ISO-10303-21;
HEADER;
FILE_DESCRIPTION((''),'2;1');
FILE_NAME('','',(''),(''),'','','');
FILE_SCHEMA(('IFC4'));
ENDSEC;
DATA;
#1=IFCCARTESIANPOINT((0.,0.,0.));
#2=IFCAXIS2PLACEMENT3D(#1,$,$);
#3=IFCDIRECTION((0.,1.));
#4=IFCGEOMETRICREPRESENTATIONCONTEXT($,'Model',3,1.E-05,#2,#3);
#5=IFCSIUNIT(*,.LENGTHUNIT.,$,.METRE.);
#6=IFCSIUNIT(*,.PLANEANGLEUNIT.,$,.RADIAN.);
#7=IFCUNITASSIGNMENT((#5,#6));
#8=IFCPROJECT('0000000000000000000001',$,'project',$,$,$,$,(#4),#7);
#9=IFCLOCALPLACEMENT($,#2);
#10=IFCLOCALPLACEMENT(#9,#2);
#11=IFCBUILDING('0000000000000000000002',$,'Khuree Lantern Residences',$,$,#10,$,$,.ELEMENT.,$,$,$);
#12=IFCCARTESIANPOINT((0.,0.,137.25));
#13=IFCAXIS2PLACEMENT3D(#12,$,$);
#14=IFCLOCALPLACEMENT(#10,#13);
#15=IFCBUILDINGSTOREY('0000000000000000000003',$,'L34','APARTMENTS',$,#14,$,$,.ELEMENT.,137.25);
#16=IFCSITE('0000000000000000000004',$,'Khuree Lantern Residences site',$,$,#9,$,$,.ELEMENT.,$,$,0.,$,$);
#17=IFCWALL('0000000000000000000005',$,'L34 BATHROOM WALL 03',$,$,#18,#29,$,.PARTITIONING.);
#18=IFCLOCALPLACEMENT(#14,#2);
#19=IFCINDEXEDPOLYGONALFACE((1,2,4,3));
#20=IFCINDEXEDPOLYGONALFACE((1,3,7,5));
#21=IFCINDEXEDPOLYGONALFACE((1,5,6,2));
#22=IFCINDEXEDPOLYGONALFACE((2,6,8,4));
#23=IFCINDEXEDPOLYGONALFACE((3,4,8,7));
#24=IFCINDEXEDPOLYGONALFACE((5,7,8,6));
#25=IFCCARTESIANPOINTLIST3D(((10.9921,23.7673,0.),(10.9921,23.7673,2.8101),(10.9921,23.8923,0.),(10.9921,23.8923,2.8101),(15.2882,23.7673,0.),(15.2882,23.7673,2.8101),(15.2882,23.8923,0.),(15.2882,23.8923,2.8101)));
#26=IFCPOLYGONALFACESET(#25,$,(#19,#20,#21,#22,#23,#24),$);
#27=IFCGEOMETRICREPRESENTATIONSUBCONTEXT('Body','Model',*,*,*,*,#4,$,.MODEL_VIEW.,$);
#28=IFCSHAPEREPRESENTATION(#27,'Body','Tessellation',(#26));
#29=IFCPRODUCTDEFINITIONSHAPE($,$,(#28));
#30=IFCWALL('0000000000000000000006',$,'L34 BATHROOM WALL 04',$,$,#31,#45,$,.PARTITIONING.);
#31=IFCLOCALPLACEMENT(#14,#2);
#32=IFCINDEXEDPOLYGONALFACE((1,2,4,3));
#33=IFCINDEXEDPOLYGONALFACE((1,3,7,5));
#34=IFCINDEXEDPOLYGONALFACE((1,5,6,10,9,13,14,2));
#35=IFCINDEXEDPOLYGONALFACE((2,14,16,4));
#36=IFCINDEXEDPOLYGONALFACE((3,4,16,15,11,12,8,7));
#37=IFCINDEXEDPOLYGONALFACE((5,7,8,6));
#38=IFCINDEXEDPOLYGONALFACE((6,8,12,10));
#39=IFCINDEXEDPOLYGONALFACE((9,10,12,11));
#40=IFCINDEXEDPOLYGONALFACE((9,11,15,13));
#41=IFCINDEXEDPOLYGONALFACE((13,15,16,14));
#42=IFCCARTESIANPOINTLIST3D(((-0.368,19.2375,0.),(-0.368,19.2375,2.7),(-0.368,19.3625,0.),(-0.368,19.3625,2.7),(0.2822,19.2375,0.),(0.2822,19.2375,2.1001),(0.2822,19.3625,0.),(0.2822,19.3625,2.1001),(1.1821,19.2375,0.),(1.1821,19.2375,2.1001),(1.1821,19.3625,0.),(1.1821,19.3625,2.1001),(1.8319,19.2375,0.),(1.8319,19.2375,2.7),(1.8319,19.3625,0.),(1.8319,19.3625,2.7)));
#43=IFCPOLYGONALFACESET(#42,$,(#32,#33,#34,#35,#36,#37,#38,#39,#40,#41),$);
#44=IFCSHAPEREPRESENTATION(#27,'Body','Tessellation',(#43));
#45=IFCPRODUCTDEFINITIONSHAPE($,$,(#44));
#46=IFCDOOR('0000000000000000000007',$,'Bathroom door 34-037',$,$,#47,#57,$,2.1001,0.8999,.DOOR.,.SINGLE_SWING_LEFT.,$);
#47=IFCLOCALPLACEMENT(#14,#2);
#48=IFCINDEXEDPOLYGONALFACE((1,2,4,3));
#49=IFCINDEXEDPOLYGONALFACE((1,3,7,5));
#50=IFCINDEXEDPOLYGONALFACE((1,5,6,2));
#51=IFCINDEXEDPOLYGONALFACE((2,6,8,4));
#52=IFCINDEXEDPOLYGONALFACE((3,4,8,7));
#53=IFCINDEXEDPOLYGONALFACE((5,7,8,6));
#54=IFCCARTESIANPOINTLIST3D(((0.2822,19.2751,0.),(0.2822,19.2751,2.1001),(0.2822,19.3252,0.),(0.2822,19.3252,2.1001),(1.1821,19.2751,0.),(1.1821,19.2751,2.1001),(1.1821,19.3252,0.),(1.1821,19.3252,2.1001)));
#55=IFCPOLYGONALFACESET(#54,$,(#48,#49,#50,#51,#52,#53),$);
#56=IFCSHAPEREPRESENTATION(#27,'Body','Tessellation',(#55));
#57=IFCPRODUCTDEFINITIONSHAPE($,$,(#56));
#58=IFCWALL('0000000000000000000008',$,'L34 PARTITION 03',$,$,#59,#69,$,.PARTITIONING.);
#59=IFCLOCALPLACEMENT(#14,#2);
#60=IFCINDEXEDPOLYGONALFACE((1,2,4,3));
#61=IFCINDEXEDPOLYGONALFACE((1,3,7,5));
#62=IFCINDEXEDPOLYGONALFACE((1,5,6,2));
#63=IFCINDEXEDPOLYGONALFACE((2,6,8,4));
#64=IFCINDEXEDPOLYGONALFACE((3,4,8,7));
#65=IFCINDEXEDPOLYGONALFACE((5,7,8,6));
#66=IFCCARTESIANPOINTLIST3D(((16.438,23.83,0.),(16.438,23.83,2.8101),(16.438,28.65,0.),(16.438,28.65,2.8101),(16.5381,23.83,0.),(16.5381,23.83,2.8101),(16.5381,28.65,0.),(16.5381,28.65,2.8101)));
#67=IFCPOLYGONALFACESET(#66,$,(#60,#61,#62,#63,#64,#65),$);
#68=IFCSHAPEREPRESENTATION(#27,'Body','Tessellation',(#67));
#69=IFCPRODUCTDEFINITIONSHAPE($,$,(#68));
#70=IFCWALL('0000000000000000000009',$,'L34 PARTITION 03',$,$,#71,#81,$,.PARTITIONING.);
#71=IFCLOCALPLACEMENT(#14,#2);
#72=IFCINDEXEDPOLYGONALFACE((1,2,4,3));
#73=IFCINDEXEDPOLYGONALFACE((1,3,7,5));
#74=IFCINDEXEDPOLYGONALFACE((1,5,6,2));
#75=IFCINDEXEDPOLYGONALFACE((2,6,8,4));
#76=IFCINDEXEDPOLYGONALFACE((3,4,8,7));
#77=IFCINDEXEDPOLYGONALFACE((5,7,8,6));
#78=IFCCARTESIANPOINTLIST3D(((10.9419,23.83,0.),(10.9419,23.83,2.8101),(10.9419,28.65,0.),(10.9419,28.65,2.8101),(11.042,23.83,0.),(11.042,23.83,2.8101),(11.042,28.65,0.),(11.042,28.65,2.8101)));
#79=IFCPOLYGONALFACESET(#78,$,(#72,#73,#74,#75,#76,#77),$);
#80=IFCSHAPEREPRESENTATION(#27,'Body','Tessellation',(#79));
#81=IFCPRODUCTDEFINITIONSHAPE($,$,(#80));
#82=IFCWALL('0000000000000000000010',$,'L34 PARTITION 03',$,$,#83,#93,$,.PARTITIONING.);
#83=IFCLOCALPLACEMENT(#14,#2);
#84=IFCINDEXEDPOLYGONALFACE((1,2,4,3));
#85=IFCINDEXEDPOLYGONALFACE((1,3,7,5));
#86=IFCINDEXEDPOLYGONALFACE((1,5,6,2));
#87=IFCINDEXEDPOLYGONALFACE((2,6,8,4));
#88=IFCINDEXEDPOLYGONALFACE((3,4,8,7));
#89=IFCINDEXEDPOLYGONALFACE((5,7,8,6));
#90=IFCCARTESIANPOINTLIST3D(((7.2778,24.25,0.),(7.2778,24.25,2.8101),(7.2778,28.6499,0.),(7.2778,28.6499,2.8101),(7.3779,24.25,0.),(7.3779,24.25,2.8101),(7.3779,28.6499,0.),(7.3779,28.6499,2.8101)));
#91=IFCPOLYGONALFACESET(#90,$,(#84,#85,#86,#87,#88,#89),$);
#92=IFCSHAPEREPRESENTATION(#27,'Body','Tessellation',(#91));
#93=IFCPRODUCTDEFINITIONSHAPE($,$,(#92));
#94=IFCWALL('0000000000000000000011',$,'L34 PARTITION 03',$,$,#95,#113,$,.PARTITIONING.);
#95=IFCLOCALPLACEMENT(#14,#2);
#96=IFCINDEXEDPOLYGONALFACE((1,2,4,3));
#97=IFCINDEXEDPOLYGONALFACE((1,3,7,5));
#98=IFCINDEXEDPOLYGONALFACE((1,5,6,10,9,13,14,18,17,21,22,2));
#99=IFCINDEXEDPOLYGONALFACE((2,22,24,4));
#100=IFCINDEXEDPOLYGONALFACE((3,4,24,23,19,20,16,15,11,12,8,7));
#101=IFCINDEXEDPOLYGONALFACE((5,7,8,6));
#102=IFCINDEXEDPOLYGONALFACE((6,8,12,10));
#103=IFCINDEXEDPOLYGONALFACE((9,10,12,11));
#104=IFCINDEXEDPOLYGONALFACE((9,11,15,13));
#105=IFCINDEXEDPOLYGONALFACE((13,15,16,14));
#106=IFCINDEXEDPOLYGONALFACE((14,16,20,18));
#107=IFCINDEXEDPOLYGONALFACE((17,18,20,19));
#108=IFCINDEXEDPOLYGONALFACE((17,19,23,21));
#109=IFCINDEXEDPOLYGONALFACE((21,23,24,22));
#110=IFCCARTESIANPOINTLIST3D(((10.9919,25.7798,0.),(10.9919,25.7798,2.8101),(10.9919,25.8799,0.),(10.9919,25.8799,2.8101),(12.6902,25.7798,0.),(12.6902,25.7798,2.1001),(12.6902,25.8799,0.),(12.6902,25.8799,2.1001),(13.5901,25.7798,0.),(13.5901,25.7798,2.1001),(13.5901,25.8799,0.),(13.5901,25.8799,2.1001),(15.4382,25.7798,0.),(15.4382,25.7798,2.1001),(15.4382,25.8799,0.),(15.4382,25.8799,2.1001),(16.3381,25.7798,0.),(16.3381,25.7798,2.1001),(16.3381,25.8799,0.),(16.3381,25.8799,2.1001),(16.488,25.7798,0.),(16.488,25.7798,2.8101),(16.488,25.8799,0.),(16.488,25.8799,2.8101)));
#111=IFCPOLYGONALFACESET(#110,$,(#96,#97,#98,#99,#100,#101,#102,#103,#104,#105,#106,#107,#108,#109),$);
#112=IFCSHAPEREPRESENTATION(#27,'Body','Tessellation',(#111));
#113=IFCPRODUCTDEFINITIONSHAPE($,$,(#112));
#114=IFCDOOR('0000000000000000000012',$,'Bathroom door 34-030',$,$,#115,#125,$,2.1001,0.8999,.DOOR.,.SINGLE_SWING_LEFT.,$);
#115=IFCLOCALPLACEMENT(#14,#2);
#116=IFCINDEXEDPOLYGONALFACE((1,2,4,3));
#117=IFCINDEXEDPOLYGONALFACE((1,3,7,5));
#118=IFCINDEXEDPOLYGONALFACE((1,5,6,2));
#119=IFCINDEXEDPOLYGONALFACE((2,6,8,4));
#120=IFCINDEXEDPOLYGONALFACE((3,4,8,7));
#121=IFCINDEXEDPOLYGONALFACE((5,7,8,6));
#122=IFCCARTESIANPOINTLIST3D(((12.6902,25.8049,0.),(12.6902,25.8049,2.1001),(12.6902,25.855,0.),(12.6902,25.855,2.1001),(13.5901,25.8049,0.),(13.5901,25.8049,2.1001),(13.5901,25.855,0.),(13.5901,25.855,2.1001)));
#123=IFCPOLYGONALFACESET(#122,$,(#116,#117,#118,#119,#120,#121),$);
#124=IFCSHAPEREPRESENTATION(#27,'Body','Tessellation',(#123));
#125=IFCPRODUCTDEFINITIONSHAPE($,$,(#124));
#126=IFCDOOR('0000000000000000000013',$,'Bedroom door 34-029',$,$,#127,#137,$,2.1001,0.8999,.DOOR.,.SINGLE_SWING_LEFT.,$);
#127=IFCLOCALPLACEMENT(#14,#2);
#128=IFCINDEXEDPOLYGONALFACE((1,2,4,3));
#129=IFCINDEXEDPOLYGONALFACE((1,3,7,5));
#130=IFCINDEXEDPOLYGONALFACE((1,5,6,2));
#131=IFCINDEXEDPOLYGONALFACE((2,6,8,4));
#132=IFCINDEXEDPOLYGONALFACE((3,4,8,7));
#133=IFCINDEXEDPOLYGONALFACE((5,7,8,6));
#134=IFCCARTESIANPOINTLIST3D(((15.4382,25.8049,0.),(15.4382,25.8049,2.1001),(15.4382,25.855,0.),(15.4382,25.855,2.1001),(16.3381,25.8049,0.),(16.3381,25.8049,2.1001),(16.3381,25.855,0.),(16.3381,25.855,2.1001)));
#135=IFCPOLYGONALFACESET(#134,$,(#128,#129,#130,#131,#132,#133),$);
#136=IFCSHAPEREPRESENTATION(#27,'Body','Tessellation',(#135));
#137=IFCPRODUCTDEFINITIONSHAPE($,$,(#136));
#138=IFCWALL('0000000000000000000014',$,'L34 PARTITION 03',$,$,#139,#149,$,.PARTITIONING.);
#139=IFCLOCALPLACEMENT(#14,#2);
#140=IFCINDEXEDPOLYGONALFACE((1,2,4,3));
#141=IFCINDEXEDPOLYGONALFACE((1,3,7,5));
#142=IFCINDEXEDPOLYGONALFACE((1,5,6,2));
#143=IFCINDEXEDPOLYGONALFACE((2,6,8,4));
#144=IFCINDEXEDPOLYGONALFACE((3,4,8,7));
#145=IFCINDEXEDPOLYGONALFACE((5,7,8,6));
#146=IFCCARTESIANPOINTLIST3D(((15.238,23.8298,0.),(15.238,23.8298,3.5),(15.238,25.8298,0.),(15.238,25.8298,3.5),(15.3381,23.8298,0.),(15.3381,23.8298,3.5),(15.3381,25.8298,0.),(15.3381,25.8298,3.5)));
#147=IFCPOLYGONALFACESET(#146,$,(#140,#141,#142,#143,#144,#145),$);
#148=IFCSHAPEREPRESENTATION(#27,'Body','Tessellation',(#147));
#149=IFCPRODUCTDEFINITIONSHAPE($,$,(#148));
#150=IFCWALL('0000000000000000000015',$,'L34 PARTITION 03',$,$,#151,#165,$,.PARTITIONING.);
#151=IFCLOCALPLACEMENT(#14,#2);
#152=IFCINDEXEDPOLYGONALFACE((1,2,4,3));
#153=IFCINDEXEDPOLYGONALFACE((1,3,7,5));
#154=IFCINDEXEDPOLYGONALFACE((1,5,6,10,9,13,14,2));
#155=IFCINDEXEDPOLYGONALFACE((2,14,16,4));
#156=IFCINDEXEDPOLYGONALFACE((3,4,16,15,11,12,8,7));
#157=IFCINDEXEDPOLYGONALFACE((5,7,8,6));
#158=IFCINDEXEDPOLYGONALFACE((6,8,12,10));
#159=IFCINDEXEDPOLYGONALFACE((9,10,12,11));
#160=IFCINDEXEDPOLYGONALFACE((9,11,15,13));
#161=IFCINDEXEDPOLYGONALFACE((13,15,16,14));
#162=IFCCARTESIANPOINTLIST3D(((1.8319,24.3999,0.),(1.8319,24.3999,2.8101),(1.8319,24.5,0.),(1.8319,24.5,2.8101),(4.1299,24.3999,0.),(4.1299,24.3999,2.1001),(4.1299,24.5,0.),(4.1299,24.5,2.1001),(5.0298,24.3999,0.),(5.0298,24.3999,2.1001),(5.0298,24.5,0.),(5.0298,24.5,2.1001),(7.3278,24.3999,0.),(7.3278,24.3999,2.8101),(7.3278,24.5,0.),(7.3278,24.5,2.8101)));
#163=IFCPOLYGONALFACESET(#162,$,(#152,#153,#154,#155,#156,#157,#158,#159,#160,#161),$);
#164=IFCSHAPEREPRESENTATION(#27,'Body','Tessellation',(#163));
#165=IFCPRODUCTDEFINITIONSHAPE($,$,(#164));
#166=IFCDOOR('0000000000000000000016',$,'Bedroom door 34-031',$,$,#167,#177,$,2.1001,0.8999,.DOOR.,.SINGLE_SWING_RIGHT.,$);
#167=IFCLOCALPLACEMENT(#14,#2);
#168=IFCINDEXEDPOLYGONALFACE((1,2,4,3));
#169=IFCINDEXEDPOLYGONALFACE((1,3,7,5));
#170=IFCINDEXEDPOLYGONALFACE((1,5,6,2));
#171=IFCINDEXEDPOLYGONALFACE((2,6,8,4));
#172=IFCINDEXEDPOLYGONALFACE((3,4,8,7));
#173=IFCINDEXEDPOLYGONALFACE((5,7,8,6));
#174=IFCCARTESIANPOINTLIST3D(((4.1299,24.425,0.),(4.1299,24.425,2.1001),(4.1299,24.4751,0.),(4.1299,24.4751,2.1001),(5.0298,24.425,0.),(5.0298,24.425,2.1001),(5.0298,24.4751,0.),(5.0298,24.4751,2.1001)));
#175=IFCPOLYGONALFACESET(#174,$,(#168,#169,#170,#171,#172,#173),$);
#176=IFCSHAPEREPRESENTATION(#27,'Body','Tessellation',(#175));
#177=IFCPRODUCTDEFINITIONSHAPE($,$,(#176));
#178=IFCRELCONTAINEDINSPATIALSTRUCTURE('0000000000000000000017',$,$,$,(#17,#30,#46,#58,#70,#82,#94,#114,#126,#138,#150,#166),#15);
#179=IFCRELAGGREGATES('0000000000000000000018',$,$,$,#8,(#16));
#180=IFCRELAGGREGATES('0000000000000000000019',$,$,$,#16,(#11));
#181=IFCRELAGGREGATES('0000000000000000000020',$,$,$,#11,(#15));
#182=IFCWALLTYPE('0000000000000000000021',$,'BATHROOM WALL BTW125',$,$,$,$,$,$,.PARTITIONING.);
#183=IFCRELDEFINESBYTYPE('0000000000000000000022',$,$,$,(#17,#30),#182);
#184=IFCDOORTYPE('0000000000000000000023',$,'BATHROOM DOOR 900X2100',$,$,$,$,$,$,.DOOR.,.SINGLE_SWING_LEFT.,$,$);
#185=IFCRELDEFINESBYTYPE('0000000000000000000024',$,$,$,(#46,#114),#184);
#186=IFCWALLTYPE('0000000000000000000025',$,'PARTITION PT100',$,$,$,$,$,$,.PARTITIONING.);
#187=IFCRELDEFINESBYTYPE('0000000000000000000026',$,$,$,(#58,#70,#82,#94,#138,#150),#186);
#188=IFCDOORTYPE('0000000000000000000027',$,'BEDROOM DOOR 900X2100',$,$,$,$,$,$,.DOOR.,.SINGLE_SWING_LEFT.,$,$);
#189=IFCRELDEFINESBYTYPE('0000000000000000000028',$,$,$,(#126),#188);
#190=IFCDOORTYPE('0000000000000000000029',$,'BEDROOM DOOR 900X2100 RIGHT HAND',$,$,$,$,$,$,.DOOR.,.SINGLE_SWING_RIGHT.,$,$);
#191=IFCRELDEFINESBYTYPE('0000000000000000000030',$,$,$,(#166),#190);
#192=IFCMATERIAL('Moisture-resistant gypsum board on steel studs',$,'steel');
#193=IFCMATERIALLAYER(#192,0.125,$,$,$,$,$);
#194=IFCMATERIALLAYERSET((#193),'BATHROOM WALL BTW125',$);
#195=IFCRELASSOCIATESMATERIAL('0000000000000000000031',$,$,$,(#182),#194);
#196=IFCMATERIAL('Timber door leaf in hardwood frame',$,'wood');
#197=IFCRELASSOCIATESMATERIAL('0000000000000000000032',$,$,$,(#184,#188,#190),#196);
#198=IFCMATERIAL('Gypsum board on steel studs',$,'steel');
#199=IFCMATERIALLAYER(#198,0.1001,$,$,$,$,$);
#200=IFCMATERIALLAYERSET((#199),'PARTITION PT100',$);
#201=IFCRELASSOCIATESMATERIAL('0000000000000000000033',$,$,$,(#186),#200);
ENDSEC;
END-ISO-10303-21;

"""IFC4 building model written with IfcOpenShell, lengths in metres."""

from ifc_helpers import new_model, si_unit, direction, frame, frame_2d, origin, place, context, subcontext, project, spatial, rectangle, extrude, material, layer, layer_set, type_object, element, fill, save


model = new_model("IFC4")

# Units and contexts
model_context = context("Model", 3, precision=1e-05, world=origin(), true_north=direction((0.0, 1.0)))
body_context = subcontext(model_context, "Body", "Model", "MODEL_VIEW")
ifc_project = project(units=[si_unit("LENGTHUNIT", "METRE"), si_unit("PLANEANGLEUNIT", "RADIAN")], contexts=[model_context])

# Site, building, storey
site_placement = place(None, origin())
site = spatial("IfcSite", under=ifc_project, at=site_placement, Name="Khuree Lantern Residences site", CompositionType="ELEMENT", RefElevation=0.0)
building_placement = place(site_placement, origin())
building = spatial("IfcBuilding", under=site, at=building_placement, Name="Khuree Lantern Residences", CompositionType="ELEMENT")
storey_placement = place(building_placement, frame((0.0, 0.0, 137.25)))
storey = spatial("IfcBuildingStorey", under=building, at=storey_placement, Name="L34", Description="APARTMENTS", CompositionType="ELEMENT", Elevation=137.25)

# Wall
ifc_material_1 = material(Name="Moisture-resistant gypsum board on steel studs", Category="steel")
ifc_layer_1 = layer(ifc_material_1, 0.125)
ifc_layer_set_1 = layer_set([ifc_layer_1], Name="BATHROOM WALL BTW125")
wall_type_1 = type_object("IfcWallType", Name="BATHROOM WALL BTW125", PredefinedType="PARTITIONING", material=ifc_layer_set_1)
wall_1_placement = place(storey_placement, frame((15.2881, 23.8298, 0.0), z_axis=(0.0, 0.0, 1.0), x_axis=(-1.0, 0.0, 0.0)))
element("IfcWall", 1, at=wall_1_placement, inside=storey, type_object=wall_type_1, Name="L34 BATHROOM WALL 03", PredefinedType="PARTITIONING", context=body_context, shape_type="SweptSolid", body=[
    extrude(rectangle(XDim=4.2961, YDim=0.125, at=frame_2d((2.1479, 0.0))), origin(), (0.0, 0.0, 1.0), 2.8101),
])

# Wall, opening, door
wall_2_placement = place(storey_placement, frame((1.832, 19.3, 0.0), z_axis=(0.0, 0.0, 1.0), x_axis=(-1.0, 0.0, 0.0)))
wall_2 = element("IfcWall", 2, at=wall_2_placement, inside=storey, type_object=wall_type_1, Name="L34 BATHROOM WALL 04", PredefinedType="PARTITIONING", context=body_context, shape_type="SweptSolid", body=[
    extrude(rectangle(XDim=2.2, YDim=0.125, at=frame_2d((1.1001, 0.0))), origin(), (0.0, 0.0, 1.0), 2.7),
])
opening_1_placement = place(wall_2_placement, frame((0.6499, 0.0, 0.0)))
opening_1 = element("IfcOpeningElement", 3, at=opening_1_placement, cuts=wall_2, PredefinedType="OPENING", context=body_context, shape_type="SweptSolid", body=[
    extrude(rectangle(XDim=0.8999, YDim=2.1001, at=frame_2d((0.45, 1.05))), frame((0.0, 0.0725, 0.0), z_axis=(0.0, -1.0, 0.0), x_axis=(1.0, 0.0, 0.0)), (0.0, 0.0, 1.0), 0.145),
])
ifc_material_2 = material(Name="Timber door leaf in hardwood frame", Category="wood")
door_type_1 = type_object("IfcDoorType", Name="BATHROOM DOOR 900X2100", OperationType="SINGLE_SWING_LEFT", PredefinedType="DOOR", material=ifc_material_2)
door_1_placement = place(opening_1_placement, origin())
door_1 = element("IfcDoor", 4, at=door_1_placement, inside=storey, type_object=door_type_1, Name="Bathroom door 34-037", OperationType="SINGLE_SWING_LEFT", OverallHeight=2.1001, OverallWidth=0.8999, PredefinedType="DOOR", context=body_context, shape_type="SweptSolid", body=[
    extrude(rectangle(XDim=0.8999, YDim=2.1001, at=frame_2d((0.45, 1.05))), frame((0.0, 0.0249, 0.0), z_axis=(0.0, -1.0, 0.0), x_axis=(1.0, 0.0, 0.0)), (0.0, 0.0, 1.0), 0.05),
])
fill(opening_1, door_1)

# Walls
ifc_material_3 = material(Name="Gypsum board on steel studs", Category="steel")
ifc_layer_2 = layer(ifc_material_3, 0.1001)
ifc_layer_set_2 = layer_set([ifc_layer_2], Name="PARTITION PT100")
wall_type_2 = type_object("IfcWallType", Name="PARTITION PT100", PredefinedType="PARTITIONING", material=ifc_layer_set_2)
for number, where, z_axis, x_axis, name in (
    (5, (16.488, 23.8298, 0.0), (0.0, 0.0, 1.0), (0.0, 1.0, 0.0), "L34 PARTITION 03"),
    (6, (10.9919, 23.8298, 0.0), (0.0, 0.0, 1.0), (0.0, 1.0, 0.0), "L34 PARTITION 03"),
):
    element("IfcWall", number, at=place(storey_placement, frame(where, z_axis=z_axis, x_axis=x_axis)), inside=storey, type_object=wall_type_2, Name=name, PredefinedType="PARTITIONING", context=body_context, shape_type="SweptSolid", body=[
        extrude(rectangle(XDim=4.8201, YDim=0.1001, at=frame_2d((2.4102, 0.0))), origin(), (0.0, 0.0, 1.0), 2.8101),
    ])
wall_3_placement = place(storey_placement, frame((7.3279, 24.25, 0.0), z_axis=(0.0, 0.0, 1.0), x_axis=(0.0, 1.0, 0.0)))
element("IfcWall", 7, at=wall_3_placement, inside=storey, type_object=wall_type_2, Name="L34 PARTITION 03", PredefinedType="PARTITIONING", context=body_context, shape_type="SweptSolid", body=[
    extrude(rectangle(XDim=4.3999, YDim=0.1001, at=frame_2d((2.2, 0.0))), origin(), (0.0, 0.0, 1.0), 2.8101),
])

# Wall, openings, doors
wall_4_placement = place(storey_placement, frame((16.488, 25.8298, 0.0), z_axis=(0.0, 0.0, 1.0), x_axis=(-1.0, 0.0, 0.0)))
wall_4 = element("IfcWall", 8, at=wall_4_placement, inside=storey, type_object=wall_type_2, Name="L34 PARTITION 03", PredefinedType="PARTITIONING", context=body_context, shape_type="SweptSolid", body=[
    extrude(rectangle(XDim=5.4961, YDim=0.1001, at=frame_2d((2.748, 0.0))), origin(), (0.0, 0.0, 1.0), 2.8101),
])
opening_2_placement = place(wall_4_placement, frame((0.1499, 0.0, 0.0)))
opening_2 = element("IfcOpeningElement", 9, at=opening_2_placement, cuts=wall_4, PredefinedType="OPENING", context=body_context, shape_type="SweptSolid", body=[
    extrude(rectangle(XDim=0.8999, YDim=2.1001, at=frame_2d((0.45, 1.05))), frame((0.0, 0.0601, 0.0), z_axis=(0.0, -1.0, 0.0), x_axis=(1.0, 0.0, 0.0)), (0.0, 0.0, 1.0), 0.1201),
])
opening_3_placement = place(wall_4_placement, frame((2.8979, 0.0, 0.0)))
opening_3 = element("IfcOpeningElement", 10, at=opening_3_placement, cuts=wall_4, PredefinedType="OPENING", context=body_context, shape_type="SweptSolid", body=[
    extrude(rectangle(XDim=0.8999, YDim=2.1001, at=frame_2d((0.45, 1.05))), frame((0.0, 0.0601, 0.0), z_axis=(0.0, -1.0, 0.0), x_axis=(1.0, 0.0, 0.0)), (0.0, 0.0, 1.0), 0.1201),
])
door_2_placement = place(opening_3_placement, origin())
door_2 = element("IfcDoor", 11, at=door_2_placement, inside=storey, type_object=door_type_1, Name="Bathroom door 34-030", OperationType="SINGLE_SWING_LEFT", OverallHeight=2.1001, OverallWidth=0.8999, PredefinedType="DOOR", context=body_context, shape_type="SweptSolid", body=[
    extrude(rectangle(XDim=0.8999, YDim=2.1001, at=frame_2d((0.45, 1.05))), frame((0.0, 0.0249, 0.0), z_axis=(0.0, -1.0, 0.0), x_axis=(1.0, 0.0, 0.0)), (0.0, 0.0, 1.0), 0.05),
])
fill(opening_3, door_2)
door_type_2 = type_object("IfcDoorType", Name="BEDROOM DOOR 900X2100", OperationType="SINGLE_SWING_LEFT", PredefinedType="DOOR", material=ifc_material_2)
door_3_placement = place(opening_2_placement, origin())
door_3 = element("IfcDoor", 12, at=door_3_placement, inside=storey, type_object=door_type_2, Name="Bedroom door 34-029", OperationType="SINGLE_SWING_LEFT", OverallHeight=2.1001, OverallWidth=0.8999, PredefinedType="DOOR", context=body_context, shape_type="SweptSolid", body=[
    extrude(rectangle(XDim=0.8999, YDim=2.1001, at=frame_2d((0.45, 1.05))), frame((0.0, 0.0249, 0.0), z_axis=(0.0, -1.0, 0.0), x_axis=(1.0, 0.0, 0.0)), (0.0, 0.0, 1.0), 0.05),
])
fill(opening_2, door_3)

# Wall
wall_5_placement = place(storey_placement, frame((15.2881, 23.8298, 0.0), z_axis=(0.0, 0.0, 1.0), x_axis=(0.0, 1.0, 0.0)))
element("IfcWall", 13, at=wall_5_placement, inside=storey, type_object=wall_type_2, Name="L34 PARTITION 03", PredefinedType="PARTITIONING", context=body_context, shape_type="SweptSolid", body=[
    extrude(rectangle(XDim=2.0, YDim=0.1001, at=frame_2d((1.0, 0.0))), origin(), (0.0, 0.0, 1.0), 3.5),
])

# Wall, opening, door
wall_6_placement = place(storey_placement, frame((7.3279, 24.45, 0.0), z_axis=(0.0, 0.0, 1.0), x_axis=(-1.0, 0.0, 0.0)))
wall_6 = element("IfcWall", 14, at=wall_6_placement, inside=storey, type_object=wall_type_2, Name="L34 PARTITION 03", PredefinedType="PARTITIONING", context=body_context, shape_type="SweptSolid", body=[
    extrude(rectangle(XDim=5.4958, YDim=0.1001, at=frame_2d((2.748, 0.0))), origin(), (0.0, 0.0, 1.0), 2.8101),
])
opening_4_placement = place(wall_6_placement, frame((2.2981, 0.0, 0.0)))
opening_4 = element("IfcOpeningElement", 15, at=opening_4_placement, cuts=wall_6, PredefinedType="OPENING", context=body_context, shape_type="SweptSolid", body=[
    extrude(rectangle(XDim=0.8999, YDim=2.1001, at=frame_2d((0.45, 1.05))), frame((0.0, 0.0601, 0.0), z_axis=(0.0, -1.0, 0.0), x_axis=(1.0, 0.0, 0.0)), (0.0, 0.0, 1.0), 0.1201),
])
door_type_3 = type_object("IfcDoorType", Name="BEDROOM DOOR 900X2100 RIGHT HAND", OperationType="SINGLE_SWING_RIGHT", PredefinedType="DOOR", material=ifc_material_2)
door_4_placement = place(opening_4_placement, origin())
door_4 = element("IfcDoor", 16, at=door_4_placement, inside=storey, type_object=door_type_3, Name="Bedroom door 34-031", OperationType="SINGLE_SWING_RIGHT", OverallHeight=2.1001, OverallWidth=0.8999, PredefinedType="DOOR", context=body_context, shape_type="SweptSolid", body=[
    extrude(rectangle(XDim=0.8999, YDim=2.1001, at=frame_2d((0.45, 1.05))), frame((0.0, 0.0249, 0.0), z_axis=(0.0, -1.0, 0.0), x_axis=(1.0, 0.0, 0.0)), (0.0, 0.0, 1.0), 0.05),
])
fill(opening_4, door_4)

save(model, "model.ifc")
